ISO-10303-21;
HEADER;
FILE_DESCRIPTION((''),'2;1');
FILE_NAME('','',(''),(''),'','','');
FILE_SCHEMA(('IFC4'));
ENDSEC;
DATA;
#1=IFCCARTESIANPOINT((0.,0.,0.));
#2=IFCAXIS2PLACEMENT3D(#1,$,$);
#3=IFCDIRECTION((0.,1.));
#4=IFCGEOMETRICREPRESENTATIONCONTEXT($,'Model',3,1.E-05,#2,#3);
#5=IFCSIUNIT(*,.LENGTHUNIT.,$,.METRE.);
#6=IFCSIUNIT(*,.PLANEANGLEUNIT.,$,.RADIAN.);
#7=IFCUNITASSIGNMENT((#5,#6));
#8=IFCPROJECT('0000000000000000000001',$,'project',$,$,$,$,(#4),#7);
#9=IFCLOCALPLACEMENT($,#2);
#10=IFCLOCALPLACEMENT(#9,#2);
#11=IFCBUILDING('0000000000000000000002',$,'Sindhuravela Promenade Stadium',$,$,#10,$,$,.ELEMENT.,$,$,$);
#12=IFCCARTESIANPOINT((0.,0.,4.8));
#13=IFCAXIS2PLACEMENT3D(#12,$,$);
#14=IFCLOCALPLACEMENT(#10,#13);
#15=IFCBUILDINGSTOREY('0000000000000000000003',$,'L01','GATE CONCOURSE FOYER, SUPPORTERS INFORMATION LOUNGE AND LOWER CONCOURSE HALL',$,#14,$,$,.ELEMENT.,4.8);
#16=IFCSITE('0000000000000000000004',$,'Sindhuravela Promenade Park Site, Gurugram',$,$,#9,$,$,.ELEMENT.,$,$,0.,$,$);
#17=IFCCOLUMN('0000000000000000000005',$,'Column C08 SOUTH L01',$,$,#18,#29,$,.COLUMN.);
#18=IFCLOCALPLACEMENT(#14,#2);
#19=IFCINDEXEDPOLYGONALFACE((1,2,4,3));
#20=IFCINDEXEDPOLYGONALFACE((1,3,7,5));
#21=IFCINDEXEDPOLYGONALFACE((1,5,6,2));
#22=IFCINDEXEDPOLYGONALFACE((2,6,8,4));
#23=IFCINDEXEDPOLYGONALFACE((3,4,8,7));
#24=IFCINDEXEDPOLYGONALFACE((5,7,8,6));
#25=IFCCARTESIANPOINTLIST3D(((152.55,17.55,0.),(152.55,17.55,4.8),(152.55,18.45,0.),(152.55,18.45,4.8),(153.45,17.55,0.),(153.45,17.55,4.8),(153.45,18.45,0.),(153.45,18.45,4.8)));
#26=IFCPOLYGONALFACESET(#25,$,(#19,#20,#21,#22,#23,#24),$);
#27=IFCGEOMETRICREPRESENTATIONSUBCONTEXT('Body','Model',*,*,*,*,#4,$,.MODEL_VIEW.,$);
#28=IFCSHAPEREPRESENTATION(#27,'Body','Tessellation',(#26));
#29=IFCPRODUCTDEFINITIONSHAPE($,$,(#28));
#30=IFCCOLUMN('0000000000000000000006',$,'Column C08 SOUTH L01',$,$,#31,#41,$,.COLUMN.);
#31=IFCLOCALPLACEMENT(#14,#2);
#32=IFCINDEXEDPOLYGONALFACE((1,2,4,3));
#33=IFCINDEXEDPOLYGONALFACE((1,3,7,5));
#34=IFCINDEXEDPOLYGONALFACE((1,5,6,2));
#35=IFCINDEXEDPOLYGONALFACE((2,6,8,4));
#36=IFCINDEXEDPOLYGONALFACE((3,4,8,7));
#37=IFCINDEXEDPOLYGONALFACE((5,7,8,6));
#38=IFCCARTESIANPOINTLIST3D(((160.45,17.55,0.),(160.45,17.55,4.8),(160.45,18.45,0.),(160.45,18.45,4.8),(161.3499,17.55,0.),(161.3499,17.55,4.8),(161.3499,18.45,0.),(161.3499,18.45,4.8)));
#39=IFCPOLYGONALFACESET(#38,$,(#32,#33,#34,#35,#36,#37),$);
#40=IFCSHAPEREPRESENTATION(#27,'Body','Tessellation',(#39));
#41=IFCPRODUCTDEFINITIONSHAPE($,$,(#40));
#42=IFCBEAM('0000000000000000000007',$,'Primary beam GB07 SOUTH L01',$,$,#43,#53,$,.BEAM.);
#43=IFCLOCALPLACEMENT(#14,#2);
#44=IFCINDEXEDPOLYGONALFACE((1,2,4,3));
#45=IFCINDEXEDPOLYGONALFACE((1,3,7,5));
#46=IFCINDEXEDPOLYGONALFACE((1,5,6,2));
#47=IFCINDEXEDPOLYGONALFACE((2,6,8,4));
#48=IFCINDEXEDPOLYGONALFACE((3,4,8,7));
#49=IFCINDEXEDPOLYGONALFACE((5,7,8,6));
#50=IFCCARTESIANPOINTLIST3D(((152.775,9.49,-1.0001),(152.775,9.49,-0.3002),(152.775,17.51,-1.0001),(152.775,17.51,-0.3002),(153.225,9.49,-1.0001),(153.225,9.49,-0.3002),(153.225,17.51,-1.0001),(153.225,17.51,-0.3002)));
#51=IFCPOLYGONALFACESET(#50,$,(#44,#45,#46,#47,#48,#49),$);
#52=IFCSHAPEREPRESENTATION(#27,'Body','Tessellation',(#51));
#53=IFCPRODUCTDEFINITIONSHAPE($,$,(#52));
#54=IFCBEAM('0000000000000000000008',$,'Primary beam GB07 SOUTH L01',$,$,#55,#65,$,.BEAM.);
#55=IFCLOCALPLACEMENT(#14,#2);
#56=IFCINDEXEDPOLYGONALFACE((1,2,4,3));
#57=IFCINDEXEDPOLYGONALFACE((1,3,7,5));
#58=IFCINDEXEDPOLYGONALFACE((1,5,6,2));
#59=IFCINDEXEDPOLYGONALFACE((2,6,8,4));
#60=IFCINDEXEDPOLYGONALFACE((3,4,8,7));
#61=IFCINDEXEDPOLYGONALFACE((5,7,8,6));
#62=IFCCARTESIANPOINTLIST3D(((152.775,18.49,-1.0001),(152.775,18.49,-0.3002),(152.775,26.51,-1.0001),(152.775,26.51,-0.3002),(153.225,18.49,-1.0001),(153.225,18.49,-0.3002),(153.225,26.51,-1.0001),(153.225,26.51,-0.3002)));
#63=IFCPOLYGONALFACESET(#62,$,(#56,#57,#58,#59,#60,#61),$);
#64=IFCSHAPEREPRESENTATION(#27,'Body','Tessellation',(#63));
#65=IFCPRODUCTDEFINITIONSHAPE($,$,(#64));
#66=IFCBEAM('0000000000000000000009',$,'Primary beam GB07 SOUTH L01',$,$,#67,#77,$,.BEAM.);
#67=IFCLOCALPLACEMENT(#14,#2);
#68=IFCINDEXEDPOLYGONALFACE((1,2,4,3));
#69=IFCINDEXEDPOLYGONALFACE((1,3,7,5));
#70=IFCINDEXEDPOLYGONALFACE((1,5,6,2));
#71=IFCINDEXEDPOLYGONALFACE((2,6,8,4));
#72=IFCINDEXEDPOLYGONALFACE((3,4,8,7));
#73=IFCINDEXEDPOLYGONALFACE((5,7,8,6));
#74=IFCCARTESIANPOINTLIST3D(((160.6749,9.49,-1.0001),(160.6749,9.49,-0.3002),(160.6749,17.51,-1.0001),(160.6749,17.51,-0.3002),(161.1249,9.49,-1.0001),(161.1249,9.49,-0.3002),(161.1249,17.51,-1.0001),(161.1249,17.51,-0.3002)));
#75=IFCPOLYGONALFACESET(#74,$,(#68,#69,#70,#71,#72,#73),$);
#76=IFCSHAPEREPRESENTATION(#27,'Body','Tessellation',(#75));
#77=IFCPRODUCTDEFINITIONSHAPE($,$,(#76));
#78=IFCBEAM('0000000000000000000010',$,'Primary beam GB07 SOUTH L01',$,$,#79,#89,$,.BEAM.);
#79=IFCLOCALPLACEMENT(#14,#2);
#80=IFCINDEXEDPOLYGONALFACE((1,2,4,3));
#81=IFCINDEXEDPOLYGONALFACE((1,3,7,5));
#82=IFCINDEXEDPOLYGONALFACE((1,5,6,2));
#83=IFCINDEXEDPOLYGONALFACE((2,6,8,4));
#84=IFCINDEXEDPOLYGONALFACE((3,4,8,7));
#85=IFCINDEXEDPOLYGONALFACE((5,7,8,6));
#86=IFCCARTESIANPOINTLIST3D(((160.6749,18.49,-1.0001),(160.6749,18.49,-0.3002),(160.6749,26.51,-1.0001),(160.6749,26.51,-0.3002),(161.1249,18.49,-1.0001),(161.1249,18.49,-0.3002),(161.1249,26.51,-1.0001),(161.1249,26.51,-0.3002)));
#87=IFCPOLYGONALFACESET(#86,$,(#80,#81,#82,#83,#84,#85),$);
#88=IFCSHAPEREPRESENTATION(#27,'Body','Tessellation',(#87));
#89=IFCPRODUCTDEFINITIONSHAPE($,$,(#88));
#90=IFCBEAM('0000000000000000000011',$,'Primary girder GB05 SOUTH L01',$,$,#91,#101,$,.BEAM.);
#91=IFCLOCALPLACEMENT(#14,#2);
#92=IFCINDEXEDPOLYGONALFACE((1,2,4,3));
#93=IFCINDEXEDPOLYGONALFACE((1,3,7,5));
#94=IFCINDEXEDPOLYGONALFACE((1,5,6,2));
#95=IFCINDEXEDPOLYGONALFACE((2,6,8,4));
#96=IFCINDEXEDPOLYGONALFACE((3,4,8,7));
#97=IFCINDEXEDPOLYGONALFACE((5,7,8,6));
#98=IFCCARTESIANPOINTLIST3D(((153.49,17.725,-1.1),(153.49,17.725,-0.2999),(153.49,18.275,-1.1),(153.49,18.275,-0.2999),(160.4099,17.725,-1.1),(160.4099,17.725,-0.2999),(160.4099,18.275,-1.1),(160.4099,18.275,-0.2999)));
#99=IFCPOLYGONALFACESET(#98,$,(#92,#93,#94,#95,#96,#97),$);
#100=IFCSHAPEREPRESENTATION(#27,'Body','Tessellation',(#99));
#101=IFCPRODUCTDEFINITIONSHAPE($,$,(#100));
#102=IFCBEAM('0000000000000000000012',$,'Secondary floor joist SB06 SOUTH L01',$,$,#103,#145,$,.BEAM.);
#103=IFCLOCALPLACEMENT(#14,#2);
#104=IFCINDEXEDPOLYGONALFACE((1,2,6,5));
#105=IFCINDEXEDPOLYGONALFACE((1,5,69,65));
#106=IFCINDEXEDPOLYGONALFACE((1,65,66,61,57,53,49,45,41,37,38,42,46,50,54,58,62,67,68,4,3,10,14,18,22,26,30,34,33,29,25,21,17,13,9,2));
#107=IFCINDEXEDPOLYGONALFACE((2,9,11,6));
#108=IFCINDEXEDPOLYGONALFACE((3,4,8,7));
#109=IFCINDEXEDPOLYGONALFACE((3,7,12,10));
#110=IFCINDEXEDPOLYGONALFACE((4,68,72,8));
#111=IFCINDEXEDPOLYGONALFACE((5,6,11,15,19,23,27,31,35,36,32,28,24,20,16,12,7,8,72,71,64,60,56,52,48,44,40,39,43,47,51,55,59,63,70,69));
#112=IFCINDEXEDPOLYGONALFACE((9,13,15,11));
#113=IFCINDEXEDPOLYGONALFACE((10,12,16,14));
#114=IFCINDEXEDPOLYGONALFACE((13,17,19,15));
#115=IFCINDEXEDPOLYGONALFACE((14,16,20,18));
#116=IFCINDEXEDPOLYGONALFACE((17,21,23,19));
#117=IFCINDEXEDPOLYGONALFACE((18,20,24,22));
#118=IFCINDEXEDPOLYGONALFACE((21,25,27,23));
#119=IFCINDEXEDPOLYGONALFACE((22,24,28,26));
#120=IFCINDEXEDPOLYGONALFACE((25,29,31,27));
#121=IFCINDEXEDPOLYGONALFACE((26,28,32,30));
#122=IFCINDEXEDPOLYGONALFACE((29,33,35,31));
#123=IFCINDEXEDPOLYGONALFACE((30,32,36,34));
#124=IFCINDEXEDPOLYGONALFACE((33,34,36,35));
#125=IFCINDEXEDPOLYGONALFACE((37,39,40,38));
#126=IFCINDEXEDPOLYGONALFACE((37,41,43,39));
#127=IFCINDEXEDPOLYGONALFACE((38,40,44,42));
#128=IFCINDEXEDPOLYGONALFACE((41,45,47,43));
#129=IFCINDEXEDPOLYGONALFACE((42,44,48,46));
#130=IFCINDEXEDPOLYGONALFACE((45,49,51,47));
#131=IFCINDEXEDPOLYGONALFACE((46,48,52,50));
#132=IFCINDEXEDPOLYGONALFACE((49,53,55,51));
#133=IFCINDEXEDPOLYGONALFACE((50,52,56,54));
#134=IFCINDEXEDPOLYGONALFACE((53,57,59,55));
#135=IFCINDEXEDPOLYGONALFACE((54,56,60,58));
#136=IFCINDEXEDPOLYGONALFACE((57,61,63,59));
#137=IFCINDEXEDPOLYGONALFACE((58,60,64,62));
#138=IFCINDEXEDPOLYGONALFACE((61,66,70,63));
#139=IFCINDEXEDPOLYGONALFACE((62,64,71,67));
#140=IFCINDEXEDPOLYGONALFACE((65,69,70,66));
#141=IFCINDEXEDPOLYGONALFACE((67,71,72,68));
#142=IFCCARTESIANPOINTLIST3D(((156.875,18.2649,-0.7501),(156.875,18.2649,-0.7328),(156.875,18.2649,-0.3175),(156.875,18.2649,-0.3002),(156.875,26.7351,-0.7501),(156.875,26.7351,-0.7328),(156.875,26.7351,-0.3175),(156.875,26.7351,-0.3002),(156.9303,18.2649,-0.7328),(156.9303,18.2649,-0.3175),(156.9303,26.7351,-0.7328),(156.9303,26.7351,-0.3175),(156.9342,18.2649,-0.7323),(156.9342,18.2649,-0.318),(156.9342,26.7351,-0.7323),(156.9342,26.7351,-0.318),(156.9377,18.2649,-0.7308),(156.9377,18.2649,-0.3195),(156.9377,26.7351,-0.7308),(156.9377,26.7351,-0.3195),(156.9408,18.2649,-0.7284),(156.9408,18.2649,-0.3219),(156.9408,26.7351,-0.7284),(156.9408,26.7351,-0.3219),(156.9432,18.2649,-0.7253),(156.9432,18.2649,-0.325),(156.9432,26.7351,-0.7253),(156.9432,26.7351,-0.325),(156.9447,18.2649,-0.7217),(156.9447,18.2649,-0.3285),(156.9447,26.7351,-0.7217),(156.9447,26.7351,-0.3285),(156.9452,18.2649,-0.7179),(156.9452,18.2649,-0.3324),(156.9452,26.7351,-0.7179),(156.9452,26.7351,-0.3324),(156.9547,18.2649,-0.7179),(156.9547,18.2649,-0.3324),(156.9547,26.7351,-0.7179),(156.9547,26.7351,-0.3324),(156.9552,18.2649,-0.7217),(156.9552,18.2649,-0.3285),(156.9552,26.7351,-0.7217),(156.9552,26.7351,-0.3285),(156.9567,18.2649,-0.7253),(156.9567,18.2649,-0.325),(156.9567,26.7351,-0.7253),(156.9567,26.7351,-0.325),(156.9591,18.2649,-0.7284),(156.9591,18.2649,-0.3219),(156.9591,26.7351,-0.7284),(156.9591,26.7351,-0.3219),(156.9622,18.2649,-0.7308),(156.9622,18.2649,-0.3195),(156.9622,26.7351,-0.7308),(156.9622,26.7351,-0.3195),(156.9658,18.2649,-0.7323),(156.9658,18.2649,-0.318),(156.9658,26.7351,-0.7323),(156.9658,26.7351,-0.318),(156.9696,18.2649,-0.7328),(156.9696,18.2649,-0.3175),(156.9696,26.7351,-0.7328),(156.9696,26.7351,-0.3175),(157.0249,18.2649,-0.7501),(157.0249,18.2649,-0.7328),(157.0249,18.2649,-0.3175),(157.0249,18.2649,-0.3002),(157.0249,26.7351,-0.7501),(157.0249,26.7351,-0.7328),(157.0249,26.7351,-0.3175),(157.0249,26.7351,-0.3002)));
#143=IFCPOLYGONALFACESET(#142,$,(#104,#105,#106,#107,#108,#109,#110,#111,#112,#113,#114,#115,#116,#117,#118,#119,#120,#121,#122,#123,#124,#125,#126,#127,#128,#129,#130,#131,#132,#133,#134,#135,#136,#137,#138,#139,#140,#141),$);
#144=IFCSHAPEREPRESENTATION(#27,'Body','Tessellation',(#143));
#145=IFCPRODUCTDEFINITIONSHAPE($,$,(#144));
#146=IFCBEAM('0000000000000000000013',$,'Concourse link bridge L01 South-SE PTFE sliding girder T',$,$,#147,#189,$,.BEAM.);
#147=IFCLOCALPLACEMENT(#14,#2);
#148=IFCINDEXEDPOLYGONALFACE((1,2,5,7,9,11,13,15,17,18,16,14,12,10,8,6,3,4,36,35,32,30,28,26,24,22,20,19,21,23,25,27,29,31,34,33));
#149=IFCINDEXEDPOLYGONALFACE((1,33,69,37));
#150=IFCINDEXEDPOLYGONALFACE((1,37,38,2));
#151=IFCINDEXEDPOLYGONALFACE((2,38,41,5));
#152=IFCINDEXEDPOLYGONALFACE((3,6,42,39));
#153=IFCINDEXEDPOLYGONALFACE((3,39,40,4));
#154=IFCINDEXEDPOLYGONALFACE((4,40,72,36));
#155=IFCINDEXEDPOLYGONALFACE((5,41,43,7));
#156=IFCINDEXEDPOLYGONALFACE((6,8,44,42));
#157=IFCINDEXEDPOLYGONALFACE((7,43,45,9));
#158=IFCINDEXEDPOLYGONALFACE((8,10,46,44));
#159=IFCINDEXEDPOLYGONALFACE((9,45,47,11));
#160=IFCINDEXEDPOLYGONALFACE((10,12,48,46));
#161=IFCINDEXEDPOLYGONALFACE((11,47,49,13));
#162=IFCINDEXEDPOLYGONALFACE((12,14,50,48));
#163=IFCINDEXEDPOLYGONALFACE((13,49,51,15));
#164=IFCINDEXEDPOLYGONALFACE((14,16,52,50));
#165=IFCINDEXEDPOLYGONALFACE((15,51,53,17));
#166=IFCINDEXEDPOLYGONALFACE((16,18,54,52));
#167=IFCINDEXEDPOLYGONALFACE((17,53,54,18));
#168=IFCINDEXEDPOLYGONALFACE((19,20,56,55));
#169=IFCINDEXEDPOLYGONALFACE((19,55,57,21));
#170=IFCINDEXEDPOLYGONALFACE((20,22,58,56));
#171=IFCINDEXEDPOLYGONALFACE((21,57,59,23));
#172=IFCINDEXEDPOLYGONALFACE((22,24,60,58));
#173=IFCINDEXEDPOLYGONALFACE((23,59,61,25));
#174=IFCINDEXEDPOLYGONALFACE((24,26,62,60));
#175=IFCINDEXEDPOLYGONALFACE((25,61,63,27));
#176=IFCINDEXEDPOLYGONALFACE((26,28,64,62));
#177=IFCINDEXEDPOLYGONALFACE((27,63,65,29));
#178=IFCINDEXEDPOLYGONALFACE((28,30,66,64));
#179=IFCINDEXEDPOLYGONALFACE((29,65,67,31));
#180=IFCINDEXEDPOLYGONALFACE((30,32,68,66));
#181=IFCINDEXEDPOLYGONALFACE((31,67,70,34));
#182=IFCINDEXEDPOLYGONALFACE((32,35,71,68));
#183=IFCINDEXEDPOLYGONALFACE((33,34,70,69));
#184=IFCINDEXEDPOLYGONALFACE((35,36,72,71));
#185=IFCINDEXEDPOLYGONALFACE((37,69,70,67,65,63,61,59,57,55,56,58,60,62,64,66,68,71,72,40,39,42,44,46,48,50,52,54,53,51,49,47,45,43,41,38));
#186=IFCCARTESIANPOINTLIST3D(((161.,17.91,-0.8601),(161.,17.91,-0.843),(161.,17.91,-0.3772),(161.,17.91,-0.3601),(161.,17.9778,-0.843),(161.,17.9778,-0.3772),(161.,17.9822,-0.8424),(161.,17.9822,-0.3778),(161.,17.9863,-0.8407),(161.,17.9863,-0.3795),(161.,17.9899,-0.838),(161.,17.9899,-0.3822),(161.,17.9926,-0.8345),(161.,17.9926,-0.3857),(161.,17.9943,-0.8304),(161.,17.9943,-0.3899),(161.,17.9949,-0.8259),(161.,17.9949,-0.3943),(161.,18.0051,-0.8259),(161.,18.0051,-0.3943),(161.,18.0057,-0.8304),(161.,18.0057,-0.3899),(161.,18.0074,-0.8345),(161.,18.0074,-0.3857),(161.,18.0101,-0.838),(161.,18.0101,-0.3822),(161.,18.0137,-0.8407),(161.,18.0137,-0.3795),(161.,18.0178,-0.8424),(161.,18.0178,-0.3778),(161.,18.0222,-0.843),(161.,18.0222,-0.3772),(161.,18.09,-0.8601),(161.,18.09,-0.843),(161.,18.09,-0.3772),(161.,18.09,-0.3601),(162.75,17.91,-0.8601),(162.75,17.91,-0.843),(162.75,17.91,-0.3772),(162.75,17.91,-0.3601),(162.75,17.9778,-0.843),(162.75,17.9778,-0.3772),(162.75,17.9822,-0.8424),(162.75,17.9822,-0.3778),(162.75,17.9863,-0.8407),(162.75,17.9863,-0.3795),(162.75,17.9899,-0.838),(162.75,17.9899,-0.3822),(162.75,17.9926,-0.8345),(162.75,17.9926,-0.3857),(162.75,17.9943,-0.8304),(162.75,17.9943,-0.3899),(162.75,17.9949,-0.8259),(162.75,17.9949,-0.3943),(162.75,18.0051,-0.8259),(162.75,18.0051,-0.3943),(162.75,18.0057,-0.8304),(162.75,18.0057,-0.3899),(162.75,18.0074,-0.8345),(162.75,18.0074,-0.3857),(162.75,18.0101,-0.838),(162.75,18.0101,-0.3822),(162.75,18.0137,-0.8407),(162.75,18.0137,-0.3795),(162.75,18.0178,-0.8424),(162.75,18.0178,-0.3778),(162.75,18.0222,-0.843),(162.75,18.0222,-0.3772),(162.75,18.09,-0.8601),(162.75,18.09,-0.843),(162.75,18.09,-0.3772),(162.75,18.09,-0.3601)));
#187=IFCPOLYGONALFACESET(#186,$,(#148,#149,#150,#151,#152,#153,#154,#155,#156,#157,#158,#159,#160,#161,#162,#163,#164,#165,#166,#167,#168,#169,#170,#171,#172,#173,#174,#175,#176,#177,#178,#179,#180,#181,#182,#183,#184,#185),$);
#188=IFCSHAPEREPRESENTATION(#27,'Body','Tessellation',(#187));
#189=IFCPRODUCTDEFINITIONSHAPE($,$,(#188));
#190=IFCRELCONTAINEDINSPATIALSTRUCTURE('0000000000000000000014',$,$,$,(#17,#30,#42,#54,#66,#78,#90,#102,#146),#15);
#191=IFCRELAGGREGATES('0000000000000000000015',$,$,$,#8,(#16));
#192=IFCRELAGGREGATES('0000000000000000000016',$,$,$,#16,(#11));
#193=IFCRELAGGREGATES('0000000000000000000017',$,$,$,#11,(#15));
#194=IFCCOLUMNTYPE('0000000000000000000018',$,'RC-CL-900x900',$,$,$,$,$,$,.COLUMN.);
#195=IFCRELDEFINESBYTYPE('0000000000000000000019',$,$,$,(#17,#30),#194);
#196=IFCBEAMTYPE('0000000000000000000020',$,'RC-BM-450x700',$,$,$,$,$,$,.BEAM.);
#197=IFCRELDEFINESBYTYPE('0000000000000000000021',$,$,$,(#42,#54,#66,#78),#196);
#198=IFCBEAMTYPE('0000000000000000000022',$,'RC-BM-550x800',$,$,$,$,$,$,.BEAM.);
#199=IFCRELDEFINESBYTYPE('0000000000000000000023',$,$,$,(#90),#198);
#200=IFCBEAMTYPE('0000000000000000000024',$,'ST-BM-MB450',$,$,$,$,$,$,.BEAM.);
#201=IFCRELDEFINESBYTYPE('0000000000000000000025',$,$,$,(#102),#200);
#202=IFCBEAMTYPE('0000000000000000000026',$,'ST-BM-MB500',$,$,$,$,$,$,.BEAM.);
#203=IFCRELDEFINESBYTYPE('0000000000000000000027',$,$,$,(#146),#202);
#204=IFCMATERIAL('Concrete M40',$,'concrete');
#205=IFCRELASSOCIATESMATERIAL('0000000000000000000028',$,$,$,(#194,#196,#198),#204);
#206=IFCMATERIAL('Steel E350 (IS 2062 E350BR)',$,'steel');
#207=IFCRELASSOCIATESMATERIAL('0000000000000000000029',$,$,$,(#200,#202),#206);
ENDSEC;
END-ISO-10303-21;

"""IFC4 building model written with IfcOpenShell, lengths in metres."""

from ifc_helpers import new_model, si_unit, direction, frame, origin, origin_2d, place, context, subcontext, project, spatial, rectangle, i_section, extrude, material, material_profile, profile_set, type_object, element, save


model = new_model("IFC4")

# Units and contexts
model_context = context("Model", 3, precision=1e-05, world=origin(), true_north=direction((0.0, 1.0)))
body_context = subcontext(model_context, "Body", "Model", "MODEL_VIEW")
ifc_project = project(units=[si_unit("LENGTHUNIT", "METRE"), si_unit("PLANEANGLEUNIT", "RADIAN")], contexts=[model_context])

# Site, building, storey
site_placement = place(None, origin())
site = spatial("IfcSite", under=ifc_project, at=site_placement, Name="Sindhuravela Promenade Park Site, Gurugram", CompositionType="ELEMENT", RefElevation=0.0)
building_placement = place(site_placement, origin())
building = spatial("IfcBuilding", under=site, at=building_placement, Name="Sindhuravela Promenade Stadium", CompositionType="ELEMENT")
storey_placement = place(building_placement, frame((0.0, 0.0, 4.8)))
storey = spatial("IfcBuildingStorey", under=building, at=storey_placement, Name="L01", Description="GATE CONCOURSE FOYER, SUPPORTERS INFORMATION LOUNGE AND LOWER CONCOURSE HALL", CompositionType="ELEMENT", Elevation=4.8)

# Columns
ifc_material_1 = material(Name="Concrete M40", Category="concrete")
ifc_material_profile_1 = material_profile(ifc_material_1, rectangle(XDim=0.8999, YDim=0.8999, at=origin_2d()), Name="RC 900x900")
ifc_profile_set_1 = profile_set([ifc_material_profile_1], Name="Concrete M40")
column_type = type_object("IfcColumnType", Name="RC-CL-900x900", PredefinedType="COLUMN", material=ifc_profile_set_1)
for number, where, z_axis, x_axis, name in (
    (1, (153.0, 18.0, 0.0), (0.0, 0.0, 1.0), (1.0, 0.0, 0.0), "Column C08 SOUTH L01"),
    (2, (160.8999, 18.0, 0.0), (0.0, 0.0, 1.0), (1.0, 0.0, 0.0), "Column C08 SOUTH L01"),
):
    element("IfcColumn", number, at=place(storey_placement, frame(where, z_axis=z_axis, x_axis=x_axis)), inside=storey, type_object=column_type, Name=name, PredefinedType="COLUMN", context=body_context, shape_type="SweptSolid", body=[
        extrude(rectangle(XDim=0.8999, YDim=0.8999, at=origin_2d()), origin(), (0.0, 0.0, 1.0), 4.8),
    ])

# Beams
ifc_material_profile_2 = material_profile(ifc_material_1, rectangle(XDim=0.45, YDim=0.7, at=origin_2d()), Name="RC 450x700")
ifc_profile_set_2 = profile_set([ifc_material_profile_2], Name="Concrete M40")
beam_type_1 = type_object("IfcBeamType", Name="RC-BM-450x700", PredefinedType="BEAM", material=ifc_profile_set_2)
for number, where, z_axis, x_axis, name in (
    (3, (153.0, 9.49, -0.6501), (0.0, 1.0, 0.0), (-1.0, 0.0, 0.0), "Primary beam GB07 SOUTH L01"),
    (4, (153.0, 18.49, -0.6501), (0.0, 1.0, 0.0), (-1.0, 0.0, 0.0), "Primary beam GB07 SOUTH L01"),
    (5, (160.8999, 9.49, -0.6501), (0.0, 1.0, 0.0), (-1.0, 0.0, 0.0), "Primary beam GB07 SOUTH L01"),
    (6, (160.8999, 18.49, -0.6501), (0.0, 1.0, 0.0), (-1.0, 0.0, 0.0), "Primary beam GB07 SOUTH L01"),
):
    element("IfcBeam", number, at=place(storey_placement, frame(where, z_axis=z_axis, x_axis=x_axis)), inside=storey, type_object=beam_type_1, Name=name, PredefinedType="BEAM", context=body_context, shape_type="SweptSolid", body=[
        extrude(rectangle(XDim=0.45, YDim=0.7, at=origin_2d()), origin(), (0.0, 0.0, 1.0), 8.02),
    ])
ifc_material_profile_3 = material_profile(ifc_material_1, rectangle(XDim=0.55, YDim=0.8, at=origin_2d()), Name="RC 550x800")
ifc_profile_set_3 = profile_set([ifc_material_profile_3], Name="Concrete M40")
beam_type_2 = type_object("IfcBeamType", Name="RC-BM-550x800", PredefinedType="BEAM", material=ifc_profile_set_3)
beam_1_placement = place(storey_placement, frame((153.49, 18.0, -0.7), z_axis=(1.0, 0.0, 0.0), x_axis=(0.0, 1.0, 0.0)))
element("IfcBeam", 7, at=beam_1_placement, inside=storey, type_object=beam_type_2, Name="Primary girder GB05 SOUTH L01", PredefinedType="BEAM", context=body_context, shape_type="SweptSolid", body=[
    extrude(rectangle(XDim=0.55, YDim=0.8, at=origin_2d()), origin(), (0.0, 0.0, 1.0), 6.9199),
])
ifc_material_2 = material(Name="Steel E350 (IS 2062 E350BR)", Category="steel")
ifc_material_profile_4 = material_profile(ifc_material_2, i_section(OverallWidth=0.1499, OverallDepth=0.45, WebThickness=0.0095, FlangeThickness=0.0173, FilletRadius=0.0149, at=origin_2d()), Name="ISMB 450")
ifc_profile_set_4 = profile_set([ifc_material_profile_4], Name="Steel E350 (IS 2062 E350BR)")
beam_type_3 = type_object("IfcBeamType", Name="ST-BM-MB450", PredefinedType="BEAM", material=ifc_profile_set_4)
beam_2_placement = place(storey_placement, frame((156.95, 18.2649, -0.5251), z_axis=(0.0, 1.0, 0.0), x_axis=(-1.0, 0.0, 0.0)))
element("IfcBeam", 8, at=beam_2_placement, inside=storey, type_object=beam_type_3, Name="Secondary floor joist SB06 SOUTH L01", PredefinedType="BEAM", context=body_context, shape_type="SweptSolid", body=[
    extrude(i_section(OverallWidth=0.1499, OverallDepth=0.45, WebThickness=0.0095, FlangeThickness=0.0173, FilletRadius=0.0149, at=origin_2d()), origin(), (0.0, 0.0, 1.0), 8.4702),
])
ifc_material_profile_5 = material_profile(ifc_material_2, i_section(OverallWidth=0.1799, OverallDepth=0.5, WebThickness=0.0103, FlangeThickness=0.0171, FilletRadius=0.0171, at=origin_2d()), Name="ISMB 500")
ifc_profile_set_5 = profile_set([ifc_material_profile_5], Name="Steel E350 (IS 2062 E350BR)")
beam_type_4 = type_object("IfcBeamType", Name="ST-BM-MB500", PredefinedType="BEAM", material=ifc_profile_set_5)
beam_3_placement = place(storey_placement, frame((161.0, 18.0, -0.6101), z_axis=(1.0, 0.0, 0.0), x_axis=(0.0, 1.0, 0.0)))
element("IfcBeam", 9, at=beam_3_placement, inside=storey, type_object=beam_type_4, Name="Concourse link bridge L01 South-SE PTFE sliding girder T", PredefinedType="BEAM", context=body_context, shape_type="SweptSolid", body=[
    extrude(i_section(OverallWidth=0.1799, OverallDepth=0.5, WebThickness=0.0103, FlangeThickness=0.0171, FilletRadius=0.0171, at=origin_2d()), origin(), (0.0, 0.0, 1.0), 1.75),
])

save(model, "model.ifc")
